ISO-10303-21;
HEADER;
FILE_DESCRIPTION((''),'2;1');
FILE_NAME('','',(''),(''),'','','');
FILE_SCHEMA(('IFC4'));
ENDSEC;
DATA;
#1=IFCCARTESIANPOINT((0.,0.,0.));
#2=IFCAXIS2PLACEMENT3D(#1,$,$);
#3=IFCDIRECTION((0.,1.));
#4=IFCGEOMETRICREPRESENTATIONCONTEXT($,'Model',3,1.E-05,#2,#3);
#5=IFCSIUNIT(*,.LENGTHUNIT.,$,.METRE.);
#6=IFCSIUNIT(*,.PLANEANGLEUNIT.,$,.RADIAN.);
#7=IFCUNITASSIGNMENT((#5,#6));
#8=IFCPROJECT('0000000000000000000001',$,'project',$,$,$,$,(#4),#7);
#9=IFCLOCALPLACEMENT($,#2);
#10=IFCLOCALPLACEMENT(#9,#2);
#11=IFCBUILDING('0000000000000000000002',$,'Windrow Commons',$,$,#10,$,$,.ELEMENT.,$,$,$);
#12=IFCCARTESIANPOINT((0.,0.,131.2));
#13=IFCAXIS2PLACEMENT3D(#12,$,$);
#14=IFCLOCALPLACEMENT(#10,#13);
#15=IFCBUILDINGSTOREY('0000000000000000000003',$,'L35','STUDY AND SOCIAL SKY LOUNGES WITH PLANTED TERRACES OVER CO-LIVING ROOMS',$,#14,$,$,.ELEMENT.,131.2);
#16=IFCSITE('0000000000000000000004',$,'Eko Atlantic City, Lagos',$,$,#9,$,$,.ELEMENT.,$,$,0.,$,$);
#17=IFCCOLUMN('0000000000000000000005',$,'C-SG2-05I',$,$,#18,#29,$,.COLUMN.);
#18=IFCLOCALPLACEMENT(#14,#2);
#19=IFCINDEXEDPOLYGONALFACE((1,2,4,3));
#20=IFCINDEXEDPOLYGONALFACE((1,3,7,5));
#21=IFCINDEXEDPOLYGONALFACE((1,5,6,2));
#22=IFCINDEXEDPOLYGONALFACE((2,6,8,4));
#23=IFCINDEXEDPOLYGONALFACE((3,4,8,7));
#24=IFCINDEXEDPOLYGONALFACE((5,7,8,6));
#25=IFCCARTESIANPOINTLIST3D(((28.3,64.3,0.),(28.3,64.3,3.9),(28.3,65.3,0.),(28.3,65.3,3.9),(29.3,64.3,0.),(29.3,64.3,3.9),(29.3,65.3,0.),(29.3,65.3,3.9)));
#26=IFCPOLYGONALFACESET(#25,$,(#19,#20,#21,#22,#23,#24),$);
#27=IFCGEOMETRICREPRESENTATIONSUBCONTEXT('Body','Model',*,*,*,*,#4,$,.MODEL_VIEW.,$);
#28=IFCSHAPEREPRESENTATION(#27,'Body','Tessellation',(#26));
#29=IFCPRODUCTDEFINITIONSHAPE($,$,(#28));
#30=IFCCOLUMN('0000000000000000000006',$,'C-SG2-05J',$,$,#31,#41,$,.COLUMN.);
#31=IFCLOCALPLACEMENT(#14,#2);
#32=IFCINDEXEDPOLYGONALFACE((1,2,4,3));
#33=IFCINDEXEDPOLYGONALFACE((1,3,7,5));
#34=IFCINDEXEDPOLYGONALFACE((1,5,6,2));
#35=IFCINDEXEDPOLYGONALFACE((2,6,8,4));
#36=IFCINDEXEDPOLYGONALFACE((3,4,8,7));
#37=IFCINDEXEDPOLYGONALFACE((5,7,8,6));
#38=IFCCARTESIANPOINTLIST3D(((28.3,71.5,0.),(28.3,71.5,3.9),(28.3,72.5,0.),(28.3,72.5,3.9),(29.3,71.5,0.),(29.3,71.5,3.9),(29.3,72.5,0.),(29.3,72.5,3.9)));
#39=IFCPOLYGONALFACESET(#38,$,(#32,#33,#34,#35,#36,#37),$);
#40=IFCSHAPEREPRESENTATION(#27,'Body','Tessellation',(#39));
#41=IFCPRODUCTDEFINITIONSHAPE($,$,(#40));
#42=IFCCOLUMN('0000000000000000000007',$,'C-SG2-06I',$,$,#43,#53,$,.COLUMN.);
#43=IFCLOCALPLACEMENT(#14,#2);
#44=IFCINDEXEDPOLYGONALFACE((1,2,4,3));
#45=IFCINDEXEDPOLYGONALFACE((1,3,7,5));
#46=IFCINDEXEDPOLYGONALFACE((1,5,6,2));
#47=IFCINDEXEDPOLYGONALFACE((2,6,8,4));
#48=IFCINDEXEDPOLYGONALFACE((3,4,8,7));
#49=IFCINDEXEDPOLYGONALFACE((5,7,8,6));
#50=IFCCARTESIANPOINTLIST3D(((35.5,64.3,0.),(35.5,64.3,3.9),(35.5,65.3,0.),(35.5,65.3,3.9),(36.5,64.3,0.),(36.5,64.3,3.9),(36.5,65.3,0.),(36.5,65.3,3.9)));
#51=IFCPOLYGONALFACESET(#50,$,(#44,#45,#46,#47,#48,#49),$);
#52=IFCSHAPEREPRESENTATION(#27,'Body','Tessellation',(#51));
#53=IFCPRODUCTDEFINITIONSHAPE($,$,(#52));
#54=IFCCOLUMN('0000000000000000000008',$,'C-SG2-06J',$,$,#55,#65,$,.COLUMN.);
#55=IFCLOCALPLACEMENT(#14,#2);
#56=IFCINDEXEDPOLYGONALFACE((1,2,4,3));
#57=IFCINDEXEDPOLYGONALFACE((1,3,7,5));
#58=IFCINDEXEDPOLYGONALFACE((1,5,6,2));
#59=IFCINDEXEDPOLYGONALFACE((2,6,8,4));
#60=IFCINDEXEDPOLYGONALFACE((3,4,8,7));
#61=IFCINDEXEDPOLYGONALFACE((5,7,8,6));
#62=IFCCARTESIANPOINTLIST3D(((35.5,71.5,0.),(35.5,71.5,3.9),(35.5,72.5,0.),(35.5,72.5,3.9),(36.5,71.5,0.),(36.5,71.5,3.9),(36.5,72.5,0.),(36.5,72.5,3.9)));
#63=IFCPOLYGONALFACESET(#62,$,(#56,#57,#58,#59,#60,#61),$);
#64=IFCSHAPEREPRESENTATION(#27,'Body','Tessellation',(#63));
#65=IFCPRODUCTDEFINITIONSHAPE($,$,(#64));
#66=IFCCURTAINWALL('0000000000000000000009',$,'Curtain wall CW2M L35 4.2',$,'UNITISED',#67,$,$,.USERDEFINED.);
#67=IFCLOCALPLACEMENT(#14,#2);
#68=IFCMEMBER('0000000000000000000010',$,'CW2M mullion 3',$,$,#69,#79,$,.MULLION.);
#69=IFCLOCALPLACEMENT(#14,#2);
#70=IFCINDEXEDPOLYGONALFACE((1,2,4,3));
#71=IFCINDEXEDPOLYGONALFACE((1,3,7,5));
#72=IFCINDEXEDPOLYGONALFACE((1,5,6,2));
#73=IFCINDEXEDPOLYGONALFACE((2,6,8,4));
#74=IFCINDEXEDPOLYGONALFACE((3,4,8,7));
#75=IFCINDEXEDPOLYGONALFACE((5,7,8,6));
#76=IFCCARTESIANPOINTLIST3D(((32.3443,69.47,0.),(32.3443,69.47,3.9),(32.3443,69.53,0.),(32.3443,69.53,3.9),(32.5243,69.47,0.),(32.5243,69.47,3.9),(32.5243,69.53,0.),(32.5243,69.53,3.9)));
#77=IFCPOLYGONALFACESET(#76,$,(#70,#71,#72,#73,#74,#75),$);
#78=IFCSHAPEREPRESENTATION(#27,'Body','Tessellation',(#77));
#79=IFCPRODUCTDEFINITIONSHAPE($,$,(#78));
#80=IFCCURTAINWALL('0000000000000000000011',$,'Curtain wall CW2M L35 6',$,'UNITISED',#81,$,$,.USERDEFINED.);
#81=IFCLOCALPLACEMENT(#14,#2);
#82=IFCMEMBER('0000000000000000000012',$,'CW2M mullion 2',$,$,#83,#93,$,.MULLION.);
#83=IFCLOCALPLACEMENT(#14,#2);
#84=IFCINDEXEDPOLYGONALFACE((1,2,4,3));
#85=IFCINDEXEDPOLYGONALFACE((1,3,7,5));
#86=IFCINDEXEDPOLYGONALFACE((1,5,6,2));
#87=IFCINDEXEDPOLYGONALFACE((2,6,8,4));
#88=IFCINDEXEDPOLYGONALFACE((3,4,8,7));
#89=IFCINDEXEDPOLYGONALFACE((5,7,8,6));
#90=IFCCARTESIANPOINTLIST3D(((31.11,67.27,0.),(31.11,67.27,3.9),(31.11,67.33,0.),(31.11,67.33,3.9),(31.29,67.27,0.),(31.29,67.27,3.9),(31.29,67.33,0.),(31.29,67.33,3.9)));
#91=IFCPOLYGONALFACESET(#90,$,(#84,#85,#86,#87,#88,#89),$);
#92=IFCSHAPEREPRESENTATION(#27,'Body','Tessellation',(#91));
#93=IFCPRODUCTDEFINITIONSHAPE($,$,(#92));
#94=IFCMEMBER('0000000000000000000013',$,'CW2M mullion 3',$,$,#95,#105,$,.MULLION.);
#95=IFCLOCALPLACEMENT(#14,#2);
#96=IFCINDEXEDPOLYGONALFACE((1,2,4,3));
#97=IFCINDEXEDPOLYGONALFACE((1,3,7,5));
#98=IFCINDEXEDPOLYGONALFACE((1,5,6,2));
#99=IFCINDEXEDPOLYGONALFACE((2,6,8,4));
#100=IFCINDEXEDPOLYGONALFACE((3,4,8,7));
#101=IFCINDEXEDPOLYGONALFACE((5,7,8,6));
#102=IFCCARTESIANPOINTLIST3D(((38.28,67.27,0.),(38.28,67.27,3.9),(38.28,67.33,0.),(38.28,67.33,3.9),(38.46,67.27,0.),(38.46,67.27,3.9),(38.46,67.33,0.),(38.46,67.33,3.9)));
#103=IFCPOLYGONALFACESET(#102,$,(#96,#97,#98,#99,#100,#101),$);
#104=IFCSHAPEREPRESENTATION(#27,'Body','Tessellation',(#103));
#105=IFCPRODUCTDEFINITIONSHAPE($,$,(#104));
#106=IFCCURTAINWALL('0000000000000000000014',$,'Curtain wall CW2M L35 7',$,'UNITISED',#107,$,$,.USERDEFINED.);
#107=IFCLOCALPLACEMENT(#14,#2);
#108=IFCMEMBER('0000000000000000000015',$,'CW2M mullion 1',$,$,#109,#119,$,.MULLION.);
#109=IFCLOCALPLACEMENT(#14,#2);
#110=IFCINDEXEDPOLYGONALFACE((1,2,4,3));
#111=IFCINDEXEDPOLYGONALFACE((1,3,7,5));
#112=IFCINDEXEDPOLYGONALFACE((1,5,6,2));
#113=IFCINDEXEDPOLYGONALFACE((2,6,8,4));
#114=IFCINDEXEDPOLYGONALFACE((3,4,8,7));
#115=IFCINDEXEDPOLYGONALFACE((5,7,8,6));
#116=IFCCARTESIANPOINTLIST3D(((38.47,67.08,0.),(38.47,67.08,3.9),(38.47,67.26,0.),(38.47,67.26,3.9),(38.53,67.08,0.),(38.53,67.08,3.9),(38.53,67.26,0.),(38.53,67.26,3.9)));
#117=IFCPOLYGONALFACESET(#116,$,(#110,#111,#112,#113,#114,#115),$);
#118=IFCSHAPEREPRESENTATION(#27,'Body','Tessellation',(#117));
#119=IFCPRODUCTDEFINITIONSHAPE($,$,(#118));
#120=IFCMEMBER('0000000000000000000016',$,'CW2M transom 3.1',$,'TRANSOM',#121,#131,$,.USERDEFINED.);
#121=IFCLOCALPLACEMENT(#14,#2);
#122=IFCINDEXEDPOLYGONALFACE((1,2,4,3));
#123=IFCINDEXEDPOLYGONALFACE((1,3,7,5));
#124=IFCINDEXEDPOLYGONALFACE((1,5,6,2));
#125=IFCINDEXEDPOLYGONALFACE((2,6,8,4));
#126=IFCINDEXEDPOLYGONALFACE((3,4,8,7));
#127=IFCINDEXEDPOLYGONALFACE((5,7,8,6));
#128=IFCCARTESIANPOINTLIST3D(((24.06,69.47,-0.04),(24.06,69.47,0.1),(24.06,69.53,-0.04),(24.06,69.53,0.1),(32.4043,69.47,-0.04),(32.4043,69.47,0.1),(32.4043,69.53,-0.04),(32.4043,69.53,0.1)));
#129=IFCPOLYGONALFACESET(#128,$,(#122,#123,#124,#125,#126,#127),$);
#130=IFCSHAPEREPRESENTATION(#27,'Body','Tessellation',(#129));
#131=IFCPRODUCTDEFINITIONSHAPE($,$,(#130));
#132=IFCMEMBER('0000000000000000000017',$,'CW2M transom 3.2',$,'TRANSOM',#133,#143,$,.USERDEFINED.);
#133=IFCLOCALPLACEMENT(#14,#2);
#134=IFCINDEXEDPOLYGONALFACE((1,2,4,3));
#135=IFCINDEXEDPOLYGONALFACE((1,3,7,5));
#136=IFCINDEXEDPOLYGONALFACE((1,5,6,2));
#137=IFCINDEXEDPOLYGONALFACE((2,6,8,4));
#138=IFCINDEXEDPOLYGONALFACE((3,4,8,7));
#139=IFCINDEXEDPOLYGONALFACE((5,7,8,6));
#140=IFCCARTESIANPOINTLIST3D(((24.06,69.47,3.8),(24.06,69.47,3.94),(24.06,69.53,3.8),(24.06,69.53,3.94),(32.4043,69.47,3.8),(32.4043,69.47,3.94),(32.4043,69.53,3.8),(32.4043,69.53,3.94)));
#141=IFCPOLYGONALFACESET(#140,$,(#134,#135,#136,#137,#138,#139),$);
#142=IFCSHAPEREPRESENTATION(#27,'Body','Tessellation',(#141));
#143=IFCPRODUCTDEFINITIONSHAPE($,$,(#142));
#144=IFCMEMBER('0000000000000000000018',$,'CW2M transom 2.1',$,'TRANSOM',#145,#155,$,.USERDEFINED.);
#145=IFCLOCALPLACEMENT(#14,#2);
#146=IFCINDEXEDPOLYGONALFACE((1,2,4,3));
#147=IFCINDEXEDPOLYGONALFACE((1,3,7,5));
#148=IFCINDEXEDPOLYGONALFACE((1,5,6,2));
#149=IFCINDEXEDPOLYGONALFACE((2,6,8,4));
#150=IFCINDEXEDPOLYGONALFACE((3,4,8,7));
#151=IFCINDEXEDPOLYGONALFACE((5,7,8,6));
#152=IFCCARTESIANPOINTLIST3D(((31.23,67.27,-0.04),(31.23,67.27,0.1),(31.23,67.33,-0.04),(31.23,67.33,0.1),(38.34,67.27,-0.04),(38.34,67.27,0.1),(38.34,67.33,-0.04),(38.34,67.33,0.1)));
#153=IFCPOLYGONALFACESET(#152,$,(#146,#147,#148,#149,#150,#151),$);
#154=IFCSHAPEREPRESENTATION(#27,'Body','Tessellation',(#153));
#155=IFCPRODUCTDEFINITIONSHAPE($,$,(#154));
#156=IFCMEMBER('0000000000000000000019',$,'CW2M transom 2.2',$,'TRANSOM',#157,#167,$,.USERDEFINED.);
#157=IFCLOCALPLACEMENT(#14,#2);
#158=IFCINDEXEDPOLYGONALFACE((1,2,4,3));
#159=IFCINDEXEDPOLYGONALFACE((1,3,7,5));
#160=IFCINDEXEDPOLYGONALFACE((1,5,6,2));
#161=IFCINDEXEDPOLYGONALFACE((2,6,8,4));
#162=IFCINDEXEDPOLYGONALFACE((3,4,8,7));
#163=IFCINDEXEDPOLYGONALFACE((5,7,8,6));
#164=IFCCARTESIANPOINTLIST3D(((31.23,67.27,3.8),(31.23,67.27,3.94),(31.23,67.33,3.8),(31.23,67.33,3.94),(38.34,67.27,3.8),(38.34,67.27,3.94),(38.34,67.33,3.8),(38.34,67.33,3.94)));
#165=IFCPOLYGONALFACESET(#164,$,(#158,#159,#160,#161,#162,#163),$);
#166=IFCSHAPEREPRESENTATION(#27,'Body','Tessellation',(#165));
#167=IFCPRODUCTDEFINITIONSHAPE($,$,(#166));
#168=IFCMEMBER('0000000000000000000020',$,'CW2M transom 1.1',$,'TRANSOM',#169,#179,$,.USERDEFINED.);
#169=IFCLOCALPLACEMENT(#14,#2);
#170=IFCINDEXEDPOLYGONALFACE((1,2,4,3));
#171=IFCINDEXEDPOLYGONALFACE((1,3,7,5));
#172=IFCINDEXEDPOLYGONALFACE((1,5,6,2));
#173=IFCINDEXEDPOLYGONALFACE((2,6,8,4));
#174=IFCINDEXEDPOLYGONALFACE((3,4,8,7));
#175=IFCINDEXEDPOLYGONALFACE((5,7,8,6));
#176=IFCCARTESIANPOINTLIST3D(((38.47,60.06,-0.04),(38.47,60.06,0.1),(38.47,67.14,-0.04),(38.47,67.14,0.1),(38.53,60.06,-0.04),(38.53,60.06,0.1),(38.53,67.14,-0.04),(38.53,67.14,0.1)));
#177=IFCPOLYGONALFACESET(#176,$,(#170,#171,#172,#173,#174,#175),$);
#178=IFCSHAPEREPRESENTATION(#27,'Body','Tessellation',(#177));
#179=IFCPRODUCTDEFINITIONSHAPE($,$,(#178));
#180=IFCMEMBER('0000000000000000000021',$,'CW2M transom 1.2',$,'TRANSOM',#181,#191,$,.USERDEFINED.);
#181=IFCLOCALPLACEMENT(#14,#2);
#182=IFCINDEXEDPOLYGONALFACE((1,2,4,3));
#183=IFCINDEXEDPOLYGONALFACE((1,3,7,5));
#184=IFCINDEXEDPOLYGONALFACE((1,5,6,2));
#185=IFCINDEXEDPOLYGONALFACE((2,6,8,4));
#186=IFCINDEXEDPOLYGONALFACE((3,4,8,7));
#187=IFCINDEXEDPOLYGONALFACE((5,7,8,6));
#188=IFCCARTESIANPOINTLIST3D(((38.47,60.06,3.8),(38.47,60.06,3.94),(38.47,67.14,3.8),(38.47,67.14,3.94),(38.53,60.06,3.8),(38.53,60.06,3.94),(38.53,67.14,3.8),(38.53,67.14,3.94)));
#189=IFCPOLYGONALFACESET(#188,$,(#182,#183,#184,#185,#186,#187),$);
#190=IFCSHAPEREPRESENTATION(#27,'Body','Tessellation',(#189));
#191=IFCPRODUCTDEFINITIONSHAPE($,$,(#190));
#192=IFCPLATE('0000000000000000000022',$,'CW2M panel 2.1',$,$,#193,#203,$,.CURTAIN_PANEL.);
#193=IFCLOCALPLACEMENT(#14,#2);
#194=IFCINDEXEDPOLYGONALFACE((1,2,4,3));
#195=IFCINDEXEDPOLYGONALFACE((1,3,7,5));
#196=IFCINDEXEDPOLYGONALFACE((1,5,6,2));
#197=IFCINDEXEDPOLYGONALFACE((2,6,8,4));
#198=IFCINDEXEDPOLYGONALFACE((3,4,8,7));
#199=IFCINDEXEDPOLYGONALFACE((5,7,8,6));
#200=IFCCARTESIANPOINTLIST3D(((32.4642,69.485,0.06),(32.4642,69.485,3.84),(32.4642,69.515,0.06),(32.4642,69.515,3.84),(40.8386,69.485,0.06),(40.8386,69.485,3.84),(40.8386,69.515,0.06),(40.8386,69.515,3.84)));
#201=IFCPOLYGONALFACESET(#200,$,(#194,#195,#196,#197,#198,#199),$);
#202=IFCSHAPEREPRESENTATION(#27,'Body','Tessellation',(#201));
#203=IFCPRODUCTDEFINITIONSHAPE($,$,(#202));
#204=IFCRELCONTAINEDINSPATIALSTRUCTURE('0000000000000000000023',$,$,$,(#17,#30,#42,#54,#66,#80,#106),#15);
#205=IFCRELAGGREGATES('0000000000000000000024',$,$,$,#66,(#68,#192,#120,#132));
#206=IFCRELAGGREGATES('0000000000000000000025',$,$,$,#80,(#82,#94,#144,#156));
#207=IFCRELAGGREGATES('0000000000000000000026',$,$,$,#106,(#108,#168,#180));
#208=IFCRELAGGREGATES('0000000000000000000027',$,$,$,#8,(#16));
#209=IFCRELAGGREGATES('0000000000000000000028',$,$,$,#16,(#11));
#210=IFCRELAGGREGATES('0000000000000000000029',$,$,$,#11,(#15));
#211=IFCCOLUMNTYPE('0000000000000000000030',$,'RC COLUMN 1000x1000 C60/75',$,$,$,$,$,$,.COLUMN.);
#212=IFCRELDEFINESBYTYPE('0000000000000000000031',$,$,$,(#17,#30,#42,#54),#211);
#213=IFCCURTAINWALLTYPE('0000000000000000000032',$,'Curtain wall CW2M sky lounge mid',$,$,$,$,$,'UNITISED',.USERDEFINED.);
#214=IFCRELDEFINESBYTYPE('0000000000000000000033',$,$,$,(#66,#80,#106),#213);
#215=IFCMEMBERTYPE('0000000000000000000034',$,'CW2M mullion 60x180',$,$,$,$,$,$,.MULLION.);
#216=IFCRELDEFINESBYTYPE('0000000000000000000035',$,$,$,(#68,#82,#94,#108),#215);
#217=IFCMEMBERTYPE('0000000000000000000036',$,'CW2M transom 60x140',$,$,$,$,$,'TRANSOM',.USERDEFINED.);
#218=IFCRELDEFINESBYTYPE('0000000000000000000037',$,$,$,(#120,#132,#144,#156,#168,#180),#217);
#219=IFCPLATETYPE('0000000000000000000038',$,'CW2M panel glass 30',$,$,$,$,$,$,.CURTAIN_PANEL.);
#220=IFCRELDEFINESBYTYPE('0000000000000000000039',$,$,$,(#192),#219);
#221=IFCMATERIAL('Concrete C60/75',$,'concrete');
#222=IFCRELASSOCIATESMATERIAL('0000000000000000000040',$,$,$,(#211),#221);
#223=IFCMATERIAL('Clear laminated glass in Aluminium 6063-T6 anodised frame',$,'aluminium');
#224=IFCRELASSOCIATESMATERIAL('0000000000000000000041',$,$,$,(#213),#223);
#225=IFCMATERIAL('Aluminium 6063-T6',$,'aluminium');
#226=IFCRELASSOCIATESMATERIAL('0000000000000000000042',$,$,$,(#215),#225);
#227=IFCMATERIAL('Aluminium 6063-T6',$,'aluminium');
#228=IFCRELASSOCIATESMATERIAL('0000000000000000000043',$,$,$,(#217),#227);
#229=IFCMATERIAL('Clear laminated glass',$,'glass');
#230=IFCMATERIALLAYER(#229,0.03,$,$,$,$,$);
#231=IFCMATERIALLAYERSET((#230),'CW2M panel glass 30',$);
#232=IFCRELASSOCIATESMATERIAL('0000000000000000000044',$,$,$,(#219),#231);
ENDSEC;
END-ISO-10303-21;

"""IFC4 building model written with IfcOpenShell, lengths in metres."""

from ifc_helpers import new_model, si_unit, direction, frame, origin, origin_2d, place, context, subcontext, project, spatial, rectangle, extrude, material, layer, layer_set, material_profile, profile_set, type_object, element, aggregate, save


model = new_model("IFC4")

# Units and contexts
model_context = context("Model", 3, precision=1e-05, world=origin(), true_north=direction((0.0, 1.0)))
body_context = subcontext(model_context, "Body", "Model", "MODEL_VIEW")
ifc_project = project(units=[si_unit("LENGTHUNIT", "METRE"), si_unit("PLANEANGLEUNIT", "RADIAN")], contexts=[model_context])

# Site, building, storey
site_placement = place(None, origin())
site = spatial("IfcSite", under=ifc_project, at=site_placement, Name="Eko Atlantic City, Lagos", CompositionType="ELEMENT", RefElevation=0.0)
building_placement = place(site_placement, origin())
building = spatial("IfcBuilding", under=site, at=building_placement, Name="Windrow Commons", CompositionType="ELEMENT")
storey_placement = place(building_placement, frame((0.0, 0.0, 131.2)))
storey = spatial("IfcBuildingStorey", under=building, at=storey_placement, Name="L35", Description="STUDY AND SOCIAL SKY LOUNGES WITH PLANTED TERRACES OVER CO-LIVING ROOMS", CompositionType="ELEMENT", Elevation=131.2)

# Columns
ifc_material_1 = material(Name="Concrete C60/75", Category="concrete")
ifc_material_profile_1 = material_profile(ifc_material_1, rectangle(XDim=1.0, YDim=1.0, at=origin_2d()))
ifc_profile_set_1 = profile_set([ifc_material_profile_1], Name="Concrete C60/75")
column_type = type_object("IfcColumnType", Name="RC COLUMN 1000x1000 C60/75", PredefinedType="COLUMN", material=ifc_profile_set_1)
for number, where, z_axis, x_axis, name in (
    (1, (28.8, 64.8, 0.0), (0.0, 0.0, 1.0), (1.0, 0.0, 0.0), "C-SG2-05I"),
    (2, (28.8, 72.0, 0.0), (0.0, 0.0, 1.0), (1.0, 0.0, 0.0), "C-SG2-05J"),
    (3, (36.0, 64.8, 0.0), (0.0, 0.0, 1.0), (1.0, 0.0, 0.0), "C-SG2-06I"),
    (4, (36.0, 72.0, 0.0), (0.0, 0.0, 1.0), (1.0, 0.0, 0.0), "C-SG2-06J"),
):
    element("IfcColumn", number, at=place(storey_placement, frame(where, z_axis=z_axis, x_axis=x_axis)), inside=storey, type_object=column_type, Name=name, PredefinedType="COLUMN", context=body_context, shape_type="SweptSolid", body=[
        extrude(rectangle(XDim=1.0, YDim=1.0, at=origin_2d()), origin(), (0.0, 0.0, 1.0), 3.9),
    ])

# Curtain wall, member
ifc_material_2 = material(Name="Clear laminated glass in Aluminium 6063-T6 anodised frame", Category="aluminium")
curtain_wall_type = type_object("IfcCurtainWallType", Name="Curtain wall CW2M sky lounge mid", ElementType="UNITISED", PredefinedType="USERDEFINED", material=ifc_material_2)
placement = place(storey_placement, origin())
curtain_wall_1 = element("IfcCurtainWall", 5, at=placement, inside=storey, type_object=curtain_wall_type, Name="Curtain wall CW2M L35 4.2", ObjectType="UNITISED", PredefinedType="USERDEFINED")
ifc_material_3 = material(Name="Aluminium 6063-T6", Category="aluminium")
ifc_material_profile_2 = material_profile(ifc_material_3, rectangle(XDim=0.06, YDim=0.18, at=origin_2d()))
ifc_profile_set_2 = profile_set([ifc_material_profile_2], Name="Aluminium 6063-T6")
member_type_1 = type_object("IfcMemberType", Name="CW2M mullion 60x180", PredefinedType="MULLION", material=ifc_profile_set_2)
member_1_placement = place(storey_placement, frame((32.4343, 69.5, 0.0), z_axis=(0.0, 0.0, 1.0), x_axis=(0.0, -1.0, 0.0)))
member_1 = element("IfcMember", 6, at=member_1_placement, type_object=member_type_1, Name="CW2M mullion 3", PredefinedType="MULLION", context=body_context, shape_type="SweptSolid", body=[
    extrude(rectangle(XDim=0.06, YDim=0.18, at=origin_2d()), origin(), (0.0, 0.0, 1.0), 3.9),
])

# Curtain wall, members
curtain_wall_2 = element("IfcCurtainWall", 7, at=placement, inside=storey, type_object=curtain_wall_type, Name="Curtain wall CW2M L35 6", ObjectType="UNITISED", PredefinedType="USERDEFINED")
member_2_placement = place(storey_placement, frame((31.2, 67.3, 0.0), z_axis=(0.0, 0.0, 1.0), x_axis=(0.0, 1.0, 0.0)))
member_2 = element("IfcMember", 8, at=member_2_placement, type_object=member_type_1, Name="CW2M mullion 2", PredefinedType="MULLION", context=body_context, shape_type="SweptSolid", body=[
    extrude(rectangle(XDim=0.06, YDim=0.18, at=origin_2d()), origin(), (0.0, 0.0, 1.0), 3.9),
])
member_3_placement = place(storey_placement, frame((38.37, 67.3, 0.0), z_axis=(0.0, 0.0, 1.0), x_axis=(0.0, 1.0, 0.0)))
member_3 = element("IfcMember", 9, at=member_3_placement, type_object=member_type_1, Name="CW2M mullion 3", PredefinedType="MULLION", context=body_context, shape_type="SweptSolid", body=[
    extrude(rectangle(XDim=0.06, YDim=0.18, at=origin_2d()), origin(), (0.0, 0.0, 1.0), 3.9),
])

# Curtain wall, member
curtain_wall_3 = element("IfcCurtainWall", 10, at=placement, inside=storey, type_object=curtain_wall_type, Name="Curtain wall CW2M L35 7", ObjectType="UNITISED", PredefinedType="USERDEFINED")
member_4_placement = place(storey_placement, frame((38.5, 67.17, 0.0), z_axis=(0.0, 0.0, 1.0), x_axis=(1.0, 0.0, 0.0)))
member_4 = element("IfcMember", 11, at=member_4_placement, type_object=member_type_1, Name="CW2M mullion 1", PredefinedType="MULLION", context=body_context, shape_type="SweptSolid", body=[
    extrude(rectangle(XDim=0.06, YDim=0.18, at=origin_2d()), origin(), (0.0, 0.0, 1.0), 3.9),
])

# Members
ifc_material_4 = material(Name="Aluminium 6063-T6", Category="aluminium")
ifc_material_profile_3 = material_profile(ifc_material_4, rectangle(XDim=0.06, YDim=0.14, at=origin_2d()))
ifc_profile_set_3 = profile_set([ifc_material_profile_3], Name="Aluminium 6063-T6")
member_type_2 = type_object("IfcMemberType", Name="CW2M transom 60x140", ElementType="TRANSOM", PredefinedType="USERDEFINED", material=ifc_profile_set_3)
member_5_placement = place(storey_placement, frame((32.4043, 69.5, 0.03), z_axis=(-1.0, 0.0, 0.0), x_axis=(0.0, -1.0, 0.0)))
member_5 = element("IfcMember", 12, at=member_5_placement, type_object=member_type_2, Name="CW2M transom 3.1", ObjectType="TRANSOM", PredefinedType="USERDEFINED", context=body_context, shape_type="SweptSolid", body=[
    extrude(rectangle(XDim=0.06, YDim=0.14, at=origin_2d()), origin(), (0.0, 0.0, 1.0), 8.3443),
])
member_6_placement = place(storey_placement, frame((32.4043, 69.5, 3.87), z_axis=(-1.0, 0.0, 0.0), x_axis=(0.0, -1.0, 0.0)))
member_6 = element("IfcMember", 13, at=member_6_placement, type_object=member_type_2, Name="CW2M transom 3.2", ObjectType="TRANSOM", PredefinedType="USERDEFINED", context=body_context, shape_type="SweptSolid", body=[
    extrude(rectangle(XDim=0.06, YDim=0.14, at=origin_2d()), origin(), (0.0, 0.0, 1.0), 8.3443),
])
member_7_placement = place(storey_placement, frame((31.23, 67.3, 0.03), z_axis=(1.0, 0.0, 0.0), x_axis=(0.0, 1.0, 0.0)))
member_7 = element("IfcMember", 14, at=member_7_placement, type_object=member_type_2, Name="CW2M transom 2.1", ObjectType="TRANSOM", PredefinedType="USERDEFINED", context=body_context, shape_type="SweptSolid", body=[
    extrude(rectangle(XDim=0.06, YDim=0.14, at=origin_2d()), origin(), (0.0, 0.0, 1.0), 7.11),
])
member_8_placement = place(storey_placement, frame((31.23, 67.3, 3.87), z_axis=(1.0, 0.0, 0.0), x_axis=(0.0, 1.0, 0.0)))
member_8 = element("IfcMember", 15, at=member_8_placement, type_object=member_type_2, Name="CW2M transom 2.2", ObjectType="TRANSOM", PredefinedType="USERDEFINED", context=body_context, shape_type="SweptSolid", body=[
    extrude(rectangle(XDim=0.06, YDim=0.14, at=origin_2d()), origin(), (0.0, 0.0, 1.0), 7.11),
])
member_9_placement = place(storey_placement, frame((38.5, 67.14, 0.03), z_axis=(0.0, -1.0, 0.0), x_axis=(1.0, 0.0, 0.0)))
member_9 = element("IfcMember", 16, at=member_9_placement, type_object=member_type_2, Name="CW2M transom 1.1", ObjectType="TRANSOM", PredefinedType="USERDEFINED", context=body_context, shape_type="SweptSolid", body=[
    extrude(rectangle(XDim=0.06, YDim=0.14, at=origin_2d()), origin(), (0.0, 0.0, 1.0), 7.08),
])
member_10_placement = place(storey_placement, frame((38.5, 67.14, 3.87), z_axis=(0.0, -1.0, 0.0), x_axis=(1.0, 0.0, 0.0)))
member_10 = element("IfcMember", 17, at=member_10_placement, type_object=member_type_2, Name="CW2M transom 1.2", ObjectType="TRANSOM", PredefinedType="USERDEFINED", context=body_context, shape_type="SweptSolid", body=[
    extrude(rectangle(XDim=0.06, YDim=0.14, at=origin_2d()), origin(), (0.0, 0.0, 1.0), 7.08),
])

# Plate
ifc_material_5 = material(Name="Clear laminated glass", Category="glass")
ifc_layer_1 = layer(ifc_material_5, 0.03)
ifc_layer_set_1 = layer_set([ifc_layer_1], Name="CW2M panel glass 30")
plate_type = type_object("IfcPlateType", Name="CW2M panel glass 30", PredefinedType="CURTAIN_PANEL", material=ifc_layer_set_1)
plate_1_placement = place(storey_placement, frame((36.6514, 69.5, 0.06), z_axis=(0.0, 0.0, 1.0), x_axis=(-1.0, 0.0, 0.0)))
plate_1 = element("IfcPlate", 18, at=plate_1_placement, type_object=plate_type, Name="CW2M panel 2.1", PredefinedType="CURTAIN_PANEL", context=body_context, shape_type="SweptSolid", body=[
    extrude(rectangle(XDim=8.3743, YDim=0.03, at=origin_2d()), origin(), (0.0, 0.0, 1.0), 3.78),
])
aggregate(curtain_wall_1, [member_1, plate_1, member_5, member_6])
aggregate(curtain_wall_2, [member_2, member_3, member_7, member_8])
aggregate(curtain_wall_3, [member_4, member_9, member_10])

save(model, "model.ifc")
